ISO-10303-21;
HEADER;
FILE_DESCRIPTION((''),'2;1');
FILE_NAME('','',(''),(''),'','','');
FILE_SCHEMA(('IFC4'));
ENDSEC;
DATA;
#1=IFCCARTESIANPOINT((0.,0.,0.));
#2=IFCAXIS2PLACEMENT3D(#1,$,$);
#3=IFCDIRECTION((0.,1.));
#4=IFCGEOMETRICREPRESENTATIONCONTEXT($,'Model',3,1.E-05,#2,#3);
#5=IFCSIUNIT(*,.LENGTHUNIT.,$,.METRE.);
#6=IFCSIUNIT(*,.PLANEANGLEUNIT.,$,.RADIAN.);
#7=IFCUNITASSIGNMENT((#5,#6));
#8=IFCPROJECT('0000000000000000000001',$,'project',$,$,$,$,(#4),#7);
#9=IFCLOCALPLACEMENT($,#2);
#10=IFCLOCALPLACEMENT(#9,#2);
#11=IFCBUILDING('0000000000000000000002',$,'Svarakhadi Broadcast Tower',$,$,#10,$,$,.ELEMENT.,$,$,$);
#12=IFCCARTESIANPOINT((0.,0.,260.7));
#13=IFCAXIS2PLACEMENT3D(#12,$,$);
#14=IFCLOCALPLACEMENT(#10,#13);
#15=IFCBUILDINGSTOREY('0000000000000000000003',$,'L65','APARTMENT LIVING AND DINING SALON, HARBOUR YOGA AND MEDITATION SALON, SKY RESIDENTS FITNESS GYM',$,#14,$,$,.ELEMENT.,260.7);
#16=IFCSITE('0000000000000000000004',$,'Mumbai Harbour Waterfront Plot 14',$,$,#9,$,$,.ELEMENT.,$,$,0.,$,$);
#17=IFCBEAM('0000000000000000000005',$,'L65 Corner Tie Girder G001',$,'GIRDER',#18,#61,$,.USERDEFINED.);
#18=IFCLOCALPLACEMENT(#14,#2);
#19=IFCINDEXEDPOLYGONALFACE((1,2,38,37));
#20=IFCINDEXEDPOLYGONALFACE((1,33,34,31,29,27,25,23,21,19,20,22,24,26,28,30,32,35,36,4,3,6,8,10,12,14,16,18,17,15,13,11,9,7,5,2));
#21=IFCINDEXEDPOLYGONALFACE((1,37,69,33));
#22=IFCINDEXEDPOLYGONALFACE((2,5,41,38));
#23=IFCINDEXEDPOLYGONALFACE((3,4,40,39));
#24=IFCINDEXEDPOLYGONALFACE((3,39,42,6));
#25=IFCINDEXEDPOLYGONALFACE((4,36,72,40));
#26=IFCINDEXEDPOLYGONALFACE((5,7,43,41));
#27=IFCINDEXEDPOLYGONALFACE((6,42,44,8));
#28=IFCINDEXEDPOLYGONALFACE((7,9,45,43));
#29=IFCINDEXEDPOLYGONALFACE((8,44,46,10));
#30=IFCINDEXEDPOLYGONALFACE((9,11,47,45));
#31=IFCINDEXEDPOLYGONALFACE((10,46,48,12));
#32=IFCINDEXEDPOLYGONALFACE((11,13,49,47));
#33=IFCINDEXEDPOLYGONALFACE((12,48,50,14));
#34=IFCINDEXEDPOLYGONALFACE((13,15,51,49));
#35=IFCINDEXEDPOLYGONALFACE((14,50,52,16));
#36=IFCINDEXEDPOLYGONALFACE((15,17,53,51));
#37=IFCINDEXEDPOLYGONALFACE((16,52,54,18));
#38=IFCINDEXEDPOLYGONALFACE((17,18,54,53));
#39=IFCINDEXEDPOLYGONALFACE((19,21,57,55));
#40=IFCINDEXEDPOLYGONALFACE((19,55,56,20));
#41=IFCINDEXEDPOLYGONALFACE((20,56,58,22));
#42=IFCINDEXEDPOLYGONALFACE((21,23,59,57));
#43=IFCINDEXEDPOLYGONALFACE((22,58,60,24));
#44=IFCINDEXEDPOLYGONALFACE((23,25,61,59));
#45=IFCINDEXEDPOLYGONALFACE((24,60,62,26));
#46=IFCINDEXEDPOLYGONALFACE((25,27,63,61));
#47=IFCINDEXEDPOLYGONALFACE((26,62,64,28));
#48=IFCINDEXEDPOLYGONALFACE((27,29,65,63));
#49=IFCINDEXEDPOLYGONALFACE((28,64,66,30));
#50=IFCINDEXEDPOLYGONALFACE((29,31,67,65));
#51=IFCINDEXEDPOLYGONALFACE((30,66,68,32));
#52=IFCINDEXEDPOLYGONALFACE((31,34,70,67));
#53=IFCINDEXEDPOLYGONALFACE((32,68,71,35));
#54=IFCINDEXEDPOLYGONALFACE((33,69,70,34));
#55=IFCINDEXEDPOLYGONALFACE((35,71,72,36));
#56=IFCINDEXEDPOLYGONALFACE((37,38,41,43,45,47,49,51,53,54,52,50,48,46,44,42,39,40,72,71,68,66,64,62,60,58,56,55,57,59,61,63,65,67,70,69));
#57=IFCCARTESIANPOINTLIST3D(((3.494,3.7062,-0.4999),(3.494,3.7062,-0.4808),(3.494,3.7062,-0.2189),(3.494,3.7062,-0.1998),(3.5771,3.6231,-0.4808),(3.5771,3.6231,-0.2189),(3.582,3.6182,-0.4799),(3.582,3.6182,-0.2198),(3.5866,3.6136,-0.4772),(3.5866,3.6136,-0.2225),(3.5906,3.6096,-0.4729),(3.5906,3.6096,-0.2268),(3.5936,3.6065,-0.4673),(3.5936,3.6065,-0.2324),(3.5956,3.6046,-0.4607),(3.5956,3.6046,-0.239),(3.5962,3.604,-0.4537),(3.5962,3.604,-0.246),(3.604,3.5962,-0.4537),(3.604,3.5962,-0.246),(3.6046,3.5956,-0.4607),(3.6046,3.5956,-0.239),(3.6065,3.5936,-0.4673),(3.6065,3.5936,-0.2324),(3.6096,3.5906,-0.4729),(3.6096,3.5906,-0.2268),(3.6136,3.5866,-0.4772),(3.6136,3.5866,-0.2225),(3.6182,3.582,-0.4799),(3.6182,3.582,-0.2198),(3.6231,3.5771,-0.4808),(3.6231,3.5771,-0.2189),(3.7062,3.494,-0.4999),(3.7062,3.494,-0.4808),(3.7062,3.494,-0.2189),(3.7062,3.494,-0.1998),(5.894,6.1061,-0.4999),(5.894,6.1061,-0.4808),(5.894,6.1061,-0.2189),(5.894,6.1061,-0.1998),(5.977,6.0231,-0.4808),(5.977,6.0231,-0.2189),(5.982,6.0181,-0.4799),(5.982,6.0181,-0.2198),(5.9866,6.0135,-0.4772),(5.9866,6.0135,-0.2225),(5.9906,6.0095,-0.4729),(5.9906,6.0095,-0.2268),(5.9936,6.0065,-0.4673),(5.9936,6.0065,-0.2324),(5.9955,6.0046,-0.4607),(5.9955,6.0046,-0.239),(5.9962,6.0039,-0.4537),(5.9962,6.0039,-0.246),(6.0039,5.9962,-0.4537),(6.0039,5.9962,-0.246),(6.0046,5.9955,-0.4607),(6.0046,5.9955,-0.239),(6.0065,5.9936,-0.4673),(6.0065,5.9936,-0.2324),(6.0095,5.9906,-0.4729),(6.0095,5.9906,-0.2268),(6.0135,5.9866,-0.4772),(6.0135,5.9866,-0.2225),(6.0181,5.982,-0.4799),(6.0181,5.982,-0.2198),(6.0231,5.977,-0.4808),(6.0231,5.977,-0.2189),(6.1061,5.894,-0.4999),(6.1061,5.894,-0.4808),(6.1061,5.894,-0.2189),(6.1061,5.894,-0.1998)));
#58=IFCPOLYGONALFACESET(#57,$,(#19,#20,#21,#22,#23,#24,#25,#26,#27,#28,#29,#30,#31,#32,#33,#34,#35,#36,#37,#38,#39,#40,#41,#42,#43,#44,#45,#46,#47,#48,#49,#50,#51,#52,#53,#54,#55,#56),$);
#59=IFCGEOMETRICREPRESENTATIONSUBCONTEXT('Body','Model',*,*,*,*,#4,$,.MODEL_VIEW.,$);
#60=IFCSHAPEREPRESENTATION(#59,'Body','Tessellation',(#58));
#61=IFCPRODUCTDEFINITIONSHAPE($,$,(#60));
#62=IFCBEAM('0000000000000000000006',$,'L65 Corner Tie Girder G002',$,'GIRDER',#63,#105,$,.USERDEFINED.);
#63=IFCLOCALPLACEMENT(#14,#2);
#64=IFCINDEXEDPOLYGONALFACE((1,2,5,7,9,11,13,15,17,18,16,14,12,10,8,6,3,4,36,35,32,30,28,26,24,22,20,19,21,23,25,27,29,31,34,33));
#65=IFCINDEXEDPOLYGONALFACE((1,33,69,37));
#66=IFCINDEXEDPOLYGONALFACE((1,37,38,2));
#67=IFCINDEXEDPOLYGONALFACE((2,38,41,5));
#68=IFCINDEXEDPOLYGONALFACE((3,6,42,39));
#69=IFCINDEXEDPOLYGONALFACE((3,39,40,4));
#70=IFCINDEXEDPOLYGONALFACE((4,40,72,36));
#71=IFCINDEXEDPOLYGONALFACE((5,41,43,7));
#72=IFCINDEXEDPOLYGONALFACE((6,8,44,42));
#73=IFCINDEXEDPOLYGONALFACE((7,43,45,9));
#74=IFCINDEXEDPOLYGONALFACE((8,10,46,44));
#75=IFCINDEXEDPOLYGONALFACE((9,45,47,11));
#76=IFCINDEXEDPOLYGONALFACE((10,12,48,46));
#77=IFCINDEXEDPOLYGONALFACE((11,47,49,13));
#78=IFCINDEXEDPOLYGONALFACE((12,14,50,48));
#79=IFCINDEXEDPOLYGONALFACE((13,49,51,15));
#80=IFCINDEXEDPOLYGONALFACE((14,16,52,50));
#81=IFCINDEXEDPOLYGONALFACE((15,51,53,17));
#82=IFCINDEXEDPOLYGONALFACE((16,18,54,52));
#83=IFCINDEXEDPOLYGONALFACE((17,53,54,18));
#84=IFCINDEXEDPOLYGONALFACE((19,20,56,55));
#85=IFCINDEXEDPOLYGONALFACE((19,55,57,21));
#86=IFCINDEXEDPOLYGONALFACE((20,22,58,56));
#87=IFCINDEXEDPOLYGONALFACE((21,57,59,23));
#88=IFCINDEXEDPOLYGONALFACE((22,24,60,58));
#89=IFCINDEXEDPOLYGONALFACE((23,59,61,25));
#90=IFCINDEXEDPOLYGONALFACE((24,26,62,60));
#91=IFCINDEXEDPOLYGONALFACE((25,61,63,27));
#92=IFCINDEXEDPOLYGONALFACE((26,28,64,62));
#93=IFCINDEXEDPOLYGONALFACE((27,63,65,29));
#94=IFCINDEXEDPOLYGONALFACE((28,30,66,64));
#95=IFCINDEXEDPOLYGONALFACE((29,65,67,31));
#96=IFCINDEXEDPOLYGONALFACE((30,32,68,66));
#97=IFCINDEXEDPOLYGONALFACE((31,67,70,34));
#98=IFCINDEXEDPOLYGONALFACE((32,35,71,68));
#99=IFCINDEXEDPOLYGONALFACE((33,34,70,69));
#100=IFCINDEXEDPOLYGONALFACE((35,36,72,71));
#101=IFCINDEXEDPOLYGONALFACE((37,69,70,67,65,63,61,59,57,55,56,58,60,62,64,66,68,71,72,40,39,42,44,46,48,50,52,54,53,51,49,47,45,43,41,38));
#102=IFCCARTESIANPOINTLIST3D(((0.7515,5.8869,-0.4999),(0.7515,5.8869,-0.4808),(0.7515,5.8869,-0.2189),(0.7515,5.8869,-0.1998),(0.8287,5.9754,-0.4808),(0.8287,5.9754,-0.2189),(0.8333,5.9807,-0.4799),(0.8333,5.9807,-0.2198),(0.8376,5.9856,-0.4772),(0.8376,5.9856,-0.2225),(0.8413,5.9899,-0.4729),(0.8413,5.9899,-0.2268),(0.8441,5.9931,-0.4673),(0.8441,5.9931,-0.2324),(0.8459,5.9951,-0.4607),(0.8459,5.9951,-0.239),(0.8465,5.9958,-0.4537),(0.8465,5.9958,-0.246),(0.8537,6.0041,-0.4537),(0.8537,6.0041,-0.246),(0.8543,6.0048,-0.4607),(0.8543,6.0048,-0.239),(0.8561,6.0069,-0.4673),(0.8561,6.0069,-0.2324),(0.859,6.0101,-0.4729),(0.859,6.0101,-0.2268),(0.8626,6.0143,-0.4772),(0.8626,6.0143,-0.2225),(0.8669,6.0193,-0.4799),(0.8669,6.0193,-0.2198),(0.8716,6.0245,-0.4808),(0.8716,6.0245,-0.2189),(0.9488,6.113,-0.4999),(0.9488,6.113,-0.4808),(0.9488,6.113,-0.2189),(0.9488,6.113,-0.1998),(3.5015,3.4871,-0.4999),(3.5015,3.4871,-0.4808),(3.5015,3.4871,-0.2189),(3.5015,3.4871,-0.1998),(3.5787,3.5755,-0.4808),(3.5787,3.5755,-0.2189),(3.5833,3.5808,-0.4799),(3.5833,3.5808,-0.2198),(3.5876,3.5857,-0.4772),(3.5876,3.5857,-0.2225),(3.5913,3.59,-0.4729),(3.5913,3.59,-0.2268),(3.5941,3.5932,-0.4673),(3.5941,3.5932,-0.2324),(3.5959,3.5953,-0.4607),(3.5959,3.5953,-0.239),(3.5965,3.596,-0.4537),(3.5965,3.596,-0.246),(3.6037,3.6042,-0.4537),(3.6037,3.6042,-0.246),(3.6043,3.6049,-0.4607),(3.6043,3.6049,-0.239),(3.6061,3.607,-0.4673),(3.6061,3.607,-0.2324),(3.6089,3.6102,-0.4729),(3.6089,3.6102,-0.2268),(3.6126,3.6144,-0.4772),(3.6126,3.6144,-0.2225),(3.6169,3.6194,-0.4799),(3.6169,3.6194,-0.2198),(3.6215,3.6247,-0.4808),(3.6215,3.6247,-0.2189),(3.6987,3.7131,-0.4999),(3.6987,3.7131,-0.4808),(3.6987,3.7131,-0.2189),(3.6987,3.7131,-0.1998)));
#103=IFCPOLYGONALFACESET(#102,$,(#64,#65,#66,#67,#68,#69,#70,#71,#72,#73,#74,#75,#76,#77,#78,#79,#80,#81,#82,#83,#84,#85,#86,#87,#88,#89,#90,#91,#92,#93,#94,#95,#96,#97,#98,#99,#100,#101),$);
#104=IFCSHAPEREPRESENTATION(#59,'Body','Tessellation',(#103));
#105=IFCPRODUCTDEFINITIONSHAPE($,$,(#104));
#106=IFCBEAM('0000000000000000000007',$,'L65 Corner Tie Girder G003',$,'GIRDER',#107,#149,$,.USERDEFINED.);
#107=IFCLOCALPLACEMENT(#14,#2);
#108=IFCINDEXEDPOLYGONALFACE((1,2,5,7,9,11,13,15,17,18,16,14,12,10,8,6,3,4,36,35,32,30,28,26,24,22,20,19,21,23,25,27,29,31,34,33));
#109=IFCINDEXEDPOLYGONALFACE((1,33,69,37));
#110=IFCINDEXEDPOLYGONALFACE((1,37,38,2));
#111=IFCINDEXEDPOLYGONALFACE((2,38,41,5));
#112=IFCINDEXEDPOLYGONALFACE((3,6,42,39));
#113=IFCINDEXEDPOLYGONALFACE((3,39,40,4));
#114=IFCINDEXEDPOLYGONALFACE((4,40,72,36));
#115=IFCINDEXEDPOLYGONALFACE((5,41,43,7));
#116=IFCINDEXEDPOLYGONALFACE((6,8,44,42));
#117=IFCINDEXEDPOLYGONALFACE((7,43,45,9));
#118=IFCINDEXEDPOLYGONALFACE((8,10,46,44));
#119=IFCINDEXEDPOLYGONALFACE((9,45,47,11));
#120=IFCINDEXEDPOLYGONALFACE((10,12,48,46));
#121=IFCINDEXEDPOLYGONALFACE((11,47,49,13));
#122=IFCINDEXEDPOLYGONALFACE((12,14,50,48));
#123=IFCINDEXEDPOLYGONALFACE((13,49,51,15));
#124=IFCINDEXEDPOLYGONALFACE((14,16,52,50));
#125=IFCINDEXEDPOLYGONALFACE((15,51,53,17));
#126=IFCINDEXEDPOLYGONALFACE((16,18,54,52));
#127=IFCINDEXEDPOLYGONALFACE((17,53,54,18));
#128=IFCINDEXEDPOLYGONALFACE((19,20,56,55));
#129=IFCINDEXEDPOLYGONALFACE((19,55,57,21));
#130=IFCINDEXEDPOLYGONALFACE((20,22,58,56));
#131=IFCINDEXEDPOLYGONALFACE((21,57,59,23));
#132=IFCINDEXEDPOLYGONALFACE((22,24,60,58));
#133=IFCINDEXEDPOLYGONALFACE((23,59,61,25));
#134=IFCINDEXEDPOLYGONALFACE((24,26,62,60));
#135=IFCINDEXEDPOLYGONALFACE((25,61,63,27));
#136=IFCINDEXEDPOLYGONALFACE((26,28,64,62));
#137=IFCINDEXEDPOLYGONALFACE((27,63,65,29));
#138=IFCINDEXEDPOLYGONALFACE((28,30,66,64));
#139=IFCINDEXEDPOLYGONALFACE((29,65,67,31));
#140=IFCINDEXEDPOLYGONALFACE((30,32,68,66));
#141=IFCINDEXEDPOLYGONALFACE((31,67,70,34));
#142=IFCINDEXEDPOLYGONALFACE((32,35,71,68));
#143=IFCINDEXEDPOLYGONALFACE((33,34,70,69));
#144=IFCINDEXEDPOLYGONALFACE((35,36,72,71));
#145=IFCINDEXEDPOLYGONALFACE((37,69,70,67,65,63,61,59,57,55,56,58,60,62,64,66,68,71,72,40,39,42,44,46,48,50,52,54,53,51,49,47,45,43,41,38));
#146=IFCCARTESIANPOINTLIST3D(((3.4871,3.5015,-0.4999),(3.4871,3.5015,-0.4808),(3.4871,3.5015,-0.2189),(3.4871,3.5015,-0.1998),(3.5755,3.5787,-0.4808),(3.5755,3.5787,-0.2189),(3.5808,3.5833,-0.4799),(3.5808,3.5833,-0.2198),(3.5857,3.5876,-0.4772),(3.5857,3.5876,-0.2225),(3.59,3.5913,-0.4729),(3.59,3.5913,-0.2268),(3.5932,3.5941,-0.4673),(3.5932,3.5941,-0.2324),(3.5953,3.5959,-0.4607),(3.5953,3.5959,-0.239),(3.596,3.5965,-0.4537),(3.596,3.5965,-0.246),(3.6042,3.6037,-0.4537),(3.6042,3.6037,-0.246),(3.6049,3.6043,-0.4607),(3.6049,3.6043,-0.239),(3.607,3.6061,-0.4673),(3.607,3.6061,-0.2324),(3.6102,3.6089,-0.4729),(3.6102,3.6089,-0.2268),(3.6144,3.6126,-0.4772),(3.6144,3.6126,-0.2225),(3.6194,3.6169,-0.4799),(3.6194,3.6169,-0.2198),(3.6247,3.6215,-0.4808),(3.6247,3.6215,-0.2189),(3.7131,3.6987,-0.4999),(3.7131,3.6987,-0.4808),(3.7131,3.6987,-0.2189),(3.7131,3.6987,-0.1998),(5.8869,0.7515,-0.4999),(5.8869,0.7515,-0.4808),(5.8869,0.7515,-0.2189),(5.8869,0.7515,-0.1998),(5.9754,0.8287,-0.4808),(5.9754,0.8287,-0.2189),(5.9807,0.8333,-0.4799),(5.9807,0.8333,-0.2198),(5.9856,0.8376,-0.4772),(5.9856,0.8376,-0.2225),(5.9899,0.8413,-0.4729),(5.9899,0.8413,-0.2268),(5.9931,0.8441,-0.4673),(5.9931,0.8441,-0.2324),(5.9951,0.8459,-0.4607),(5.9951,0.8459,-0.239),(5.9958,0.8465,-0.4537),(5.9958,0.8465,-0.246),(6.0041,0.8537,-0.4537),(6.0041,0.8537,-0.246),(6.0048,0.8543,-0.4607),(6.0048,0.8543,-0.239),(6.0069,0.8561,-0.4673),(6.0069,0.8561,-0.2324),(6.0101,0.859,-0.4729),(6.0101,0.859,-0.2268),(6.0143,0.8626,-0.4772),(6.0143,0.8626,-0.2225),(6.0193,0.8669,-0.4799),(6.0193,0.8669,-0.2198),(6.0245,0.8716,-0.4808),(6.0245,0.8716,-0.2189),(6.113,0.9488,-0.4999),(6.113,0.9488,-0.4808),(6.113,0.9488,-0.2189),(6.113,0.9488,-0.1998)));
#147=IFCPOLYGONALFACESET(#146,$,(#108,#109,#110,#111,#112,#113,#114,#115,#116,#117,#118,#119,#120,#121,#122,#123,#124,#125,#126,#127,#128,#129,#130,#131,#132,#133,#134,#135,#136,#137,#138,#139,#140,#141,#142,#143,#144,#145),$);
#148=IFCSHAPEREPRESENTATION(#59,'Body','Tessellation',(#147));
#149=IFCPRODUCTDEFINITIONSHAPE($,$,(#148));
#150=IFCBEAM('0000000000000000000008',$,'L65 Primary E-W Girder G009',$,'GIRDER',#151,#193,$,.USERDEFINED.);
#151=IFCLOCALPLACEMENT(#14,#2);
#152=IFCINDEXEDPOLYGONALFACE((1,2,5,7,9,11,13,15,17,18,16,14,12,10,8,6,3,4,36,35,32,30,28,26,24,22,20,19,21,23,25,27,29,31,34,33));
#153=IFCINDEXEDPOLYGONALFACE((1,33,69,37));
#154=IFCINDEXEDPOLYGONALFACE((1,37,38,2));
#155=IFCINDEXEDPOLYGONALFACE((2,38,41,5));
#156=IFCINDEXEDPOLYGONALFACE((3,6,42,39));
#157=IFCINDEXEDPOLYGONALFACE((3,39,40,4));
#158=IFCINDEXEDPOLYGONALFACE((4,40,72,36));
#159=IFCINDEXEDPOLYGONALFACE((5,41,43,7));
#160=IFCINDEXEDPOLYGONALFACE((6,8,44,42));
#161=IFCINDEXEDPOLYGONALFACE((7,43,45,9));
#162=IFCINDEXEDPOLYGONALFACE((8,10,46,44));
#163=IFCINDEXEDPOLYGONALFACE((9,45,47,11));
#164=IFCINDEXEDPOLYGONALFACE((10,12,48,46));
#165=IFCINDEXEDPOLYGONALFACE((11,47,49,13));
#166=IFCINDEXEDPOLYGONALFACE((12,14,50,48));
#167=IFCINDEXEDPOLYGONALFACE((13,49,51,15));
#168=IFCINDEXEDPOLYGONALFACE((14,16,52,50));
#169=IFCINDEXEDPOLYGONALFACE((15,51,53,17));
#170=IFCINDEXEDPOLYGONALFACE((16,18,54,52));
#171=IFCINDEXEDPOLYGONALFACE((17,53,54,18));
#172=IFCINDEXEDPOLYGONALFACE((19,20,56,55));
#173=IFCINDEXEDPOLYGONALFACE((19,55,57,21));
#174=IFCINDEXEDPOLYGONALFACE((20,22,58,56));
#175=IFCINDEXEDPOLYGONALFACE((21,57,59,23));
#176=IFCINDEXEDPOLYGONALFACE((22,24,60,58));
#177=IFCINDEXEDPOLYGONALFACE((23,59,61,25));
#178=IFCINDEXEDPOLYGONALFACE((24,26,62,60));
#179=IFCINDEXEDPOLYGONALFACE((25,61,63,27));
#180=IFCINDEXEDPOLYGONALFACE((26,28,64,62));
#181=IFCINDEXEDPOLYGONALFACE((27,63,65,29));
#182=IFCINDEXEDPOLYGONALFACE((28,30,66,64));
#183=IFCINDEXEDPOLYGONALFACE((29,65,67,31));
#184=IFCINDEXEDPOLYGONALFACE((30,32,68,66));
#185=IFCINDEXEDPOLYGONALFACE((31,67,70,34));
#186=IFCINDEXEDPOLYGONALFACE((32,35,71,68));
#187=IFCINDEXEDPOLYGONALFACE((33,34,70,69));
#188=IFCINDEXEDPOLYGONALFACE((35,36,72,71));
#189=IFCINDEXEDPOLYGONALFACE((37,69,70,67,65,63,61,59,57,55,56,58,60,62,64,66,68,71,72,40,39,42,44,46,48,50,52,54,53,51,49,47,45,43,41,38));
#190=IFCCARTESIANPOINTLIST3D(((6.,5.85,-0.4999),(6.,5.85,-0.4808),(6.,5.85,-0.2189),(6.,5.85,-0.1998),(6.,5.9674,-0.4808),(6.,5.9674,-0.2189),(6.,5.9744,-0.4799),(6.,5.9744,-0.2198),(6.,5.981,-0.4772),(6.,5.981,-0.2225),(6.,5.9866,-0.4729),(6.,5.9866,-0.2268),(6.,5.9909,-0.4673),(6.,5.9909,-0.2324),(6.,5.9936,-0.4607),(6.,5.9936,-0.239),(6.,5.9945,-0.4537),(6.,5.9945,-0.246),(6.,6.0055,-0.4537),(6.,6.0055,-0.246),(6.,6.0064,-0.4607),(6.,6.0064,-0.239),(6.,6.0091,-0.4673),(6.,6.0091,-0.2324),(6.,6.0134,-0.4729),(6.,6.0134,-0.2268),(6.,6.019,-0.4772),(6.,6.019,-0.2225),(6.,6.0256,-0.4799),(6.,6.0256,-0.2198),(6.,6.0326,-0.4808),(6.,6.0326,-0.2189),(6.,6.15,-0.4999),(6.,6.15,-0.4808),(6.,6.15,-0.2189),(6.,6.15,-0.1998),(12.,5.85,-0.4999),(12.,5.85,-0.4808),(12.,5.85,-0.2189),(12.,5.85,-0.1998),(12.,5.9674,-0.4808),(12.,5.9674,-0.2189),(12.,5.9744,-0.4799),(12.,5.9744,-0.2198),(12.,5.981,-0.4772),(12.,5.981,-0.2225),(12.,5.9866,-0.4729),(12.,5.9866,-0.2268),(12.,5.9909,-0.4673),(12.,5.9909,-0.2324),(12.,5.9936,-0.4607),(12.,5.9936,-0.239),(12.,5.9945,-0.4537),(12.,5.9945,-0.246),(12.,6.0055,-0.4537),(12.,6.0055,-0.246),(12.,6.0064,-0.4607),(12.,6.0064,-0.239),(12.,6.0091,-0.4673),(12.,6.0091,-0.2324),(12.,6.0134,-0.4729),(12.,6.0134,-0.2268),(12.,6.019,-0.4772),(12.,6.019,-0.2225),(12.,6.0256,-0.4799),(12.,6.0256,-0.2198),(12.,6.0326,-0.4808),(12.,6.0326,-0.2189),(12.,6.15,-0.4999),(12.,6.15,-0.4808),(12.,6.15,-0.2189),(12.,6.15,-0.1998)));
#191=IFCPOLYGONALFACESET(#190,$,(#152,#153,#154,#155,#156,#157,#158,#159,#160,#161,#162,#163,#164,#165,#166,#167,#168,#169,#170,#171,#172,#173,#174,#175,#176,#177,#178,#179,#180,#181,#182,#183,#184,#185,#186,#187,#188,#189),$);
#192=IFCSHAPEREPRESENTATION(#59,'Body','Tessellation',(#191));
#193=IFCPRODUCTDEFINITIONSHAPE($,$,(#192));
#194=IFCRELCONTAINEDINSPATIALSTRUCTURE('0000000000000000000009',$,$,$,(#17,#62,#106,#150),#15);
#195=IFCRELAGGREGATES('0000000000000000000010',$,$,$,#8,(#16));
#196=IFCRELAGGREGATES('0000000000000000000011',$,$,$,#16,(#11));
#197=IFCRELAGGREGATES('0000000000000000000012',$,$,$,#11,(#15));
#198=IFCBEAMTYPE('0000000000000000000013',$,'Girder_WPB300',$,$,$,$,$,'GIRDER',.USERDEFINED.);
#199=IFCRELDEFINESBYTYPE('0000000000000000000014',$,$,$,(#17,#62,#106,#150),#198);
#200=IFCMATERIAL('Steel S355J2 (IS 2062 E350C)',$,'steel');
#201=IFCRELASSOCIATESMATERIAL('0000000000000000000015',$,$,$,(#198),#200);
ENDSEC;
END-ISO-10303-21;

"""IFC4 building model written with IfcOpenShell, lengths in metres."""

from ifc_helpers import new_model, si_unit, direction, frame, origin, origin_2d, place, context, subcontext, project, spatial, i_section, extrude, material, material_profile, profile_set, type_object, element, save


model = new_model("IFC4")

# Units and contexts
model_context = context("Model", 3, precision=1e-05, world=origin(), true_north=direction((0.0, 1.0)))
body_context = subcontext(model_context, "Body", "Model", "MODEL_VIEW")
ifc_project = project(units=[si_unit("LENGTHUNIT", "METRE"), si_unit("PLANEANGLEUNIT", "RADIAN")], contexts=[model_context])

# Site, building, storey
site_placement = place(None, origin())
site = spatial("IfcSite", under=ifc_project, at=site_placement, Name="Mumbai Harbour Waterfront Plot 14", CompositionType="ELEMENT", RefElevation=0.0)
building_placement = place(site_placement, origin())
building = spatial("IfcBuilding", under=site, at=building_placement, Name="Svarakhadi Broadcast Tower", CompositionType="ELEMENT")
storey_placement = place(building_placement, frame((0.0, 0.0, 260.7)))
storey = spatial("IfcBuildingStorey", under=building, at=storey_placement, Name="L65", Description="APARTMENT LIVING AND DINING SALON, HARBOUR YOGA AND MEDITATION SALON, SKY RESIDENTS FITNESS GYM", CompositionType="ELEMENT", Elevation=260.7)

# Beams
ifc_material_1 = material(Name="Steel S355J2 (IS 2062 E350C)", Category="steel")
ifc_material_profile_1 = material_profile(ifc_material_1, i_section(OverallWidth=0.3, OverallDepth=0.3, WebThickness=0.011, FlangeThickness=0.019, FilletRadius=0.0271, at=origin_2d()), Name="WPB 300x300x117")
ifc_profile_set_1 = profile_set([ifc_material_profile_1], Name="Steel S355J2 (IS 2062 E350C)")
beam_type_1 = type_object("IfcBeamType", Name="Girder_WPB300", ElementType="GIRDER", PredefinedType="USERDEFINED", material=ifc_profile_set_1)
beam_placement = place(storey_placement, frame((3.6001, 3.6001, -0.3499), z_axis=(0.707107, 0.707107, 0.0), x_axis=(-0.707107, 0.707107, 0.0)))
element("IfcBeam", 1, at=beam_placement, inside=storey, type_object=beam_type_1, Name="L65 Corner Tie Girder G001", ObjectType="GIRDER", PredefinedType="USERDEFINED", context=body_context, shape_type="SweptSolid", body=[
    extrude(i_section(OverallWidth=0.3, OverallDepth=0.3, WebThickness=0.011, FlangeThickness=0.019, FilletRadius=0.0271, at=origin_2d()), origin(), (0.0, 0.0, 1.0), 3.394),
])
for number, where, z_axis, x_axis, name in (
    (2, (3.6001, 3.6001, -0.3499), (-0.753438, 0.657519, 0.0), (-0.657519, -0.753438, 0.0), "L65 Corner Tie Girder G002"),
    (3, (3.6001, 3.6001, -0.3499), (0.657519, -0.753438, 0.0), (0.753438, 0.657519, 0.0), "L65 Corner Tie Girder G003"),
):
    element("IfcBeam", number, at=place(storey_placement, frame(where, z_axis=z_axis, x_axis=x_axis)), inside=storey, type_object=beam_type_1, Name=name, ObjectType="GIRDER", PredefinedType="USERDEFINED", context=body_context, shape_type="SweptSolid", body=[
        extrude(i_section(OverallWidth=0.3, OverallDepth=0.3, WebThickness=0.011, FlangeThickness=0.019, FilletRadius=0.0271, at=origin_2d()), origin(), (0.0, 0.0, 1.0), 3.6499),
    ])
for number, where, z_axis, x_axis, name in (
    (4, (6.0, 6.0, -0.3499), (1.0, 0.0, 0.0), (0.0, 1.0, 0.0), "L65 Primary E-W Girder G009"),
):
    element("IfcBeam", number, at=place(storey_placement, frame(where, z_axis=z_axis, x_axis=x_axis)), inside=storey, type_object=beam_type_1, Name=name, ObjectType="GIRDER", PredefinedType="USERDEFINED", context=body_context, shape_type="SweptSolid", body=[
        extrude(i_section(OverallWidth=0.3, OverallDepth=0.3, WebThickness=0.011, FlangeThickness=0.019, FilletRadius=0.0271, at=origin_2d()), origin(), (0.0, 0.0, 1.0), 6.0),
    ])

save(model, "model.ifc")
